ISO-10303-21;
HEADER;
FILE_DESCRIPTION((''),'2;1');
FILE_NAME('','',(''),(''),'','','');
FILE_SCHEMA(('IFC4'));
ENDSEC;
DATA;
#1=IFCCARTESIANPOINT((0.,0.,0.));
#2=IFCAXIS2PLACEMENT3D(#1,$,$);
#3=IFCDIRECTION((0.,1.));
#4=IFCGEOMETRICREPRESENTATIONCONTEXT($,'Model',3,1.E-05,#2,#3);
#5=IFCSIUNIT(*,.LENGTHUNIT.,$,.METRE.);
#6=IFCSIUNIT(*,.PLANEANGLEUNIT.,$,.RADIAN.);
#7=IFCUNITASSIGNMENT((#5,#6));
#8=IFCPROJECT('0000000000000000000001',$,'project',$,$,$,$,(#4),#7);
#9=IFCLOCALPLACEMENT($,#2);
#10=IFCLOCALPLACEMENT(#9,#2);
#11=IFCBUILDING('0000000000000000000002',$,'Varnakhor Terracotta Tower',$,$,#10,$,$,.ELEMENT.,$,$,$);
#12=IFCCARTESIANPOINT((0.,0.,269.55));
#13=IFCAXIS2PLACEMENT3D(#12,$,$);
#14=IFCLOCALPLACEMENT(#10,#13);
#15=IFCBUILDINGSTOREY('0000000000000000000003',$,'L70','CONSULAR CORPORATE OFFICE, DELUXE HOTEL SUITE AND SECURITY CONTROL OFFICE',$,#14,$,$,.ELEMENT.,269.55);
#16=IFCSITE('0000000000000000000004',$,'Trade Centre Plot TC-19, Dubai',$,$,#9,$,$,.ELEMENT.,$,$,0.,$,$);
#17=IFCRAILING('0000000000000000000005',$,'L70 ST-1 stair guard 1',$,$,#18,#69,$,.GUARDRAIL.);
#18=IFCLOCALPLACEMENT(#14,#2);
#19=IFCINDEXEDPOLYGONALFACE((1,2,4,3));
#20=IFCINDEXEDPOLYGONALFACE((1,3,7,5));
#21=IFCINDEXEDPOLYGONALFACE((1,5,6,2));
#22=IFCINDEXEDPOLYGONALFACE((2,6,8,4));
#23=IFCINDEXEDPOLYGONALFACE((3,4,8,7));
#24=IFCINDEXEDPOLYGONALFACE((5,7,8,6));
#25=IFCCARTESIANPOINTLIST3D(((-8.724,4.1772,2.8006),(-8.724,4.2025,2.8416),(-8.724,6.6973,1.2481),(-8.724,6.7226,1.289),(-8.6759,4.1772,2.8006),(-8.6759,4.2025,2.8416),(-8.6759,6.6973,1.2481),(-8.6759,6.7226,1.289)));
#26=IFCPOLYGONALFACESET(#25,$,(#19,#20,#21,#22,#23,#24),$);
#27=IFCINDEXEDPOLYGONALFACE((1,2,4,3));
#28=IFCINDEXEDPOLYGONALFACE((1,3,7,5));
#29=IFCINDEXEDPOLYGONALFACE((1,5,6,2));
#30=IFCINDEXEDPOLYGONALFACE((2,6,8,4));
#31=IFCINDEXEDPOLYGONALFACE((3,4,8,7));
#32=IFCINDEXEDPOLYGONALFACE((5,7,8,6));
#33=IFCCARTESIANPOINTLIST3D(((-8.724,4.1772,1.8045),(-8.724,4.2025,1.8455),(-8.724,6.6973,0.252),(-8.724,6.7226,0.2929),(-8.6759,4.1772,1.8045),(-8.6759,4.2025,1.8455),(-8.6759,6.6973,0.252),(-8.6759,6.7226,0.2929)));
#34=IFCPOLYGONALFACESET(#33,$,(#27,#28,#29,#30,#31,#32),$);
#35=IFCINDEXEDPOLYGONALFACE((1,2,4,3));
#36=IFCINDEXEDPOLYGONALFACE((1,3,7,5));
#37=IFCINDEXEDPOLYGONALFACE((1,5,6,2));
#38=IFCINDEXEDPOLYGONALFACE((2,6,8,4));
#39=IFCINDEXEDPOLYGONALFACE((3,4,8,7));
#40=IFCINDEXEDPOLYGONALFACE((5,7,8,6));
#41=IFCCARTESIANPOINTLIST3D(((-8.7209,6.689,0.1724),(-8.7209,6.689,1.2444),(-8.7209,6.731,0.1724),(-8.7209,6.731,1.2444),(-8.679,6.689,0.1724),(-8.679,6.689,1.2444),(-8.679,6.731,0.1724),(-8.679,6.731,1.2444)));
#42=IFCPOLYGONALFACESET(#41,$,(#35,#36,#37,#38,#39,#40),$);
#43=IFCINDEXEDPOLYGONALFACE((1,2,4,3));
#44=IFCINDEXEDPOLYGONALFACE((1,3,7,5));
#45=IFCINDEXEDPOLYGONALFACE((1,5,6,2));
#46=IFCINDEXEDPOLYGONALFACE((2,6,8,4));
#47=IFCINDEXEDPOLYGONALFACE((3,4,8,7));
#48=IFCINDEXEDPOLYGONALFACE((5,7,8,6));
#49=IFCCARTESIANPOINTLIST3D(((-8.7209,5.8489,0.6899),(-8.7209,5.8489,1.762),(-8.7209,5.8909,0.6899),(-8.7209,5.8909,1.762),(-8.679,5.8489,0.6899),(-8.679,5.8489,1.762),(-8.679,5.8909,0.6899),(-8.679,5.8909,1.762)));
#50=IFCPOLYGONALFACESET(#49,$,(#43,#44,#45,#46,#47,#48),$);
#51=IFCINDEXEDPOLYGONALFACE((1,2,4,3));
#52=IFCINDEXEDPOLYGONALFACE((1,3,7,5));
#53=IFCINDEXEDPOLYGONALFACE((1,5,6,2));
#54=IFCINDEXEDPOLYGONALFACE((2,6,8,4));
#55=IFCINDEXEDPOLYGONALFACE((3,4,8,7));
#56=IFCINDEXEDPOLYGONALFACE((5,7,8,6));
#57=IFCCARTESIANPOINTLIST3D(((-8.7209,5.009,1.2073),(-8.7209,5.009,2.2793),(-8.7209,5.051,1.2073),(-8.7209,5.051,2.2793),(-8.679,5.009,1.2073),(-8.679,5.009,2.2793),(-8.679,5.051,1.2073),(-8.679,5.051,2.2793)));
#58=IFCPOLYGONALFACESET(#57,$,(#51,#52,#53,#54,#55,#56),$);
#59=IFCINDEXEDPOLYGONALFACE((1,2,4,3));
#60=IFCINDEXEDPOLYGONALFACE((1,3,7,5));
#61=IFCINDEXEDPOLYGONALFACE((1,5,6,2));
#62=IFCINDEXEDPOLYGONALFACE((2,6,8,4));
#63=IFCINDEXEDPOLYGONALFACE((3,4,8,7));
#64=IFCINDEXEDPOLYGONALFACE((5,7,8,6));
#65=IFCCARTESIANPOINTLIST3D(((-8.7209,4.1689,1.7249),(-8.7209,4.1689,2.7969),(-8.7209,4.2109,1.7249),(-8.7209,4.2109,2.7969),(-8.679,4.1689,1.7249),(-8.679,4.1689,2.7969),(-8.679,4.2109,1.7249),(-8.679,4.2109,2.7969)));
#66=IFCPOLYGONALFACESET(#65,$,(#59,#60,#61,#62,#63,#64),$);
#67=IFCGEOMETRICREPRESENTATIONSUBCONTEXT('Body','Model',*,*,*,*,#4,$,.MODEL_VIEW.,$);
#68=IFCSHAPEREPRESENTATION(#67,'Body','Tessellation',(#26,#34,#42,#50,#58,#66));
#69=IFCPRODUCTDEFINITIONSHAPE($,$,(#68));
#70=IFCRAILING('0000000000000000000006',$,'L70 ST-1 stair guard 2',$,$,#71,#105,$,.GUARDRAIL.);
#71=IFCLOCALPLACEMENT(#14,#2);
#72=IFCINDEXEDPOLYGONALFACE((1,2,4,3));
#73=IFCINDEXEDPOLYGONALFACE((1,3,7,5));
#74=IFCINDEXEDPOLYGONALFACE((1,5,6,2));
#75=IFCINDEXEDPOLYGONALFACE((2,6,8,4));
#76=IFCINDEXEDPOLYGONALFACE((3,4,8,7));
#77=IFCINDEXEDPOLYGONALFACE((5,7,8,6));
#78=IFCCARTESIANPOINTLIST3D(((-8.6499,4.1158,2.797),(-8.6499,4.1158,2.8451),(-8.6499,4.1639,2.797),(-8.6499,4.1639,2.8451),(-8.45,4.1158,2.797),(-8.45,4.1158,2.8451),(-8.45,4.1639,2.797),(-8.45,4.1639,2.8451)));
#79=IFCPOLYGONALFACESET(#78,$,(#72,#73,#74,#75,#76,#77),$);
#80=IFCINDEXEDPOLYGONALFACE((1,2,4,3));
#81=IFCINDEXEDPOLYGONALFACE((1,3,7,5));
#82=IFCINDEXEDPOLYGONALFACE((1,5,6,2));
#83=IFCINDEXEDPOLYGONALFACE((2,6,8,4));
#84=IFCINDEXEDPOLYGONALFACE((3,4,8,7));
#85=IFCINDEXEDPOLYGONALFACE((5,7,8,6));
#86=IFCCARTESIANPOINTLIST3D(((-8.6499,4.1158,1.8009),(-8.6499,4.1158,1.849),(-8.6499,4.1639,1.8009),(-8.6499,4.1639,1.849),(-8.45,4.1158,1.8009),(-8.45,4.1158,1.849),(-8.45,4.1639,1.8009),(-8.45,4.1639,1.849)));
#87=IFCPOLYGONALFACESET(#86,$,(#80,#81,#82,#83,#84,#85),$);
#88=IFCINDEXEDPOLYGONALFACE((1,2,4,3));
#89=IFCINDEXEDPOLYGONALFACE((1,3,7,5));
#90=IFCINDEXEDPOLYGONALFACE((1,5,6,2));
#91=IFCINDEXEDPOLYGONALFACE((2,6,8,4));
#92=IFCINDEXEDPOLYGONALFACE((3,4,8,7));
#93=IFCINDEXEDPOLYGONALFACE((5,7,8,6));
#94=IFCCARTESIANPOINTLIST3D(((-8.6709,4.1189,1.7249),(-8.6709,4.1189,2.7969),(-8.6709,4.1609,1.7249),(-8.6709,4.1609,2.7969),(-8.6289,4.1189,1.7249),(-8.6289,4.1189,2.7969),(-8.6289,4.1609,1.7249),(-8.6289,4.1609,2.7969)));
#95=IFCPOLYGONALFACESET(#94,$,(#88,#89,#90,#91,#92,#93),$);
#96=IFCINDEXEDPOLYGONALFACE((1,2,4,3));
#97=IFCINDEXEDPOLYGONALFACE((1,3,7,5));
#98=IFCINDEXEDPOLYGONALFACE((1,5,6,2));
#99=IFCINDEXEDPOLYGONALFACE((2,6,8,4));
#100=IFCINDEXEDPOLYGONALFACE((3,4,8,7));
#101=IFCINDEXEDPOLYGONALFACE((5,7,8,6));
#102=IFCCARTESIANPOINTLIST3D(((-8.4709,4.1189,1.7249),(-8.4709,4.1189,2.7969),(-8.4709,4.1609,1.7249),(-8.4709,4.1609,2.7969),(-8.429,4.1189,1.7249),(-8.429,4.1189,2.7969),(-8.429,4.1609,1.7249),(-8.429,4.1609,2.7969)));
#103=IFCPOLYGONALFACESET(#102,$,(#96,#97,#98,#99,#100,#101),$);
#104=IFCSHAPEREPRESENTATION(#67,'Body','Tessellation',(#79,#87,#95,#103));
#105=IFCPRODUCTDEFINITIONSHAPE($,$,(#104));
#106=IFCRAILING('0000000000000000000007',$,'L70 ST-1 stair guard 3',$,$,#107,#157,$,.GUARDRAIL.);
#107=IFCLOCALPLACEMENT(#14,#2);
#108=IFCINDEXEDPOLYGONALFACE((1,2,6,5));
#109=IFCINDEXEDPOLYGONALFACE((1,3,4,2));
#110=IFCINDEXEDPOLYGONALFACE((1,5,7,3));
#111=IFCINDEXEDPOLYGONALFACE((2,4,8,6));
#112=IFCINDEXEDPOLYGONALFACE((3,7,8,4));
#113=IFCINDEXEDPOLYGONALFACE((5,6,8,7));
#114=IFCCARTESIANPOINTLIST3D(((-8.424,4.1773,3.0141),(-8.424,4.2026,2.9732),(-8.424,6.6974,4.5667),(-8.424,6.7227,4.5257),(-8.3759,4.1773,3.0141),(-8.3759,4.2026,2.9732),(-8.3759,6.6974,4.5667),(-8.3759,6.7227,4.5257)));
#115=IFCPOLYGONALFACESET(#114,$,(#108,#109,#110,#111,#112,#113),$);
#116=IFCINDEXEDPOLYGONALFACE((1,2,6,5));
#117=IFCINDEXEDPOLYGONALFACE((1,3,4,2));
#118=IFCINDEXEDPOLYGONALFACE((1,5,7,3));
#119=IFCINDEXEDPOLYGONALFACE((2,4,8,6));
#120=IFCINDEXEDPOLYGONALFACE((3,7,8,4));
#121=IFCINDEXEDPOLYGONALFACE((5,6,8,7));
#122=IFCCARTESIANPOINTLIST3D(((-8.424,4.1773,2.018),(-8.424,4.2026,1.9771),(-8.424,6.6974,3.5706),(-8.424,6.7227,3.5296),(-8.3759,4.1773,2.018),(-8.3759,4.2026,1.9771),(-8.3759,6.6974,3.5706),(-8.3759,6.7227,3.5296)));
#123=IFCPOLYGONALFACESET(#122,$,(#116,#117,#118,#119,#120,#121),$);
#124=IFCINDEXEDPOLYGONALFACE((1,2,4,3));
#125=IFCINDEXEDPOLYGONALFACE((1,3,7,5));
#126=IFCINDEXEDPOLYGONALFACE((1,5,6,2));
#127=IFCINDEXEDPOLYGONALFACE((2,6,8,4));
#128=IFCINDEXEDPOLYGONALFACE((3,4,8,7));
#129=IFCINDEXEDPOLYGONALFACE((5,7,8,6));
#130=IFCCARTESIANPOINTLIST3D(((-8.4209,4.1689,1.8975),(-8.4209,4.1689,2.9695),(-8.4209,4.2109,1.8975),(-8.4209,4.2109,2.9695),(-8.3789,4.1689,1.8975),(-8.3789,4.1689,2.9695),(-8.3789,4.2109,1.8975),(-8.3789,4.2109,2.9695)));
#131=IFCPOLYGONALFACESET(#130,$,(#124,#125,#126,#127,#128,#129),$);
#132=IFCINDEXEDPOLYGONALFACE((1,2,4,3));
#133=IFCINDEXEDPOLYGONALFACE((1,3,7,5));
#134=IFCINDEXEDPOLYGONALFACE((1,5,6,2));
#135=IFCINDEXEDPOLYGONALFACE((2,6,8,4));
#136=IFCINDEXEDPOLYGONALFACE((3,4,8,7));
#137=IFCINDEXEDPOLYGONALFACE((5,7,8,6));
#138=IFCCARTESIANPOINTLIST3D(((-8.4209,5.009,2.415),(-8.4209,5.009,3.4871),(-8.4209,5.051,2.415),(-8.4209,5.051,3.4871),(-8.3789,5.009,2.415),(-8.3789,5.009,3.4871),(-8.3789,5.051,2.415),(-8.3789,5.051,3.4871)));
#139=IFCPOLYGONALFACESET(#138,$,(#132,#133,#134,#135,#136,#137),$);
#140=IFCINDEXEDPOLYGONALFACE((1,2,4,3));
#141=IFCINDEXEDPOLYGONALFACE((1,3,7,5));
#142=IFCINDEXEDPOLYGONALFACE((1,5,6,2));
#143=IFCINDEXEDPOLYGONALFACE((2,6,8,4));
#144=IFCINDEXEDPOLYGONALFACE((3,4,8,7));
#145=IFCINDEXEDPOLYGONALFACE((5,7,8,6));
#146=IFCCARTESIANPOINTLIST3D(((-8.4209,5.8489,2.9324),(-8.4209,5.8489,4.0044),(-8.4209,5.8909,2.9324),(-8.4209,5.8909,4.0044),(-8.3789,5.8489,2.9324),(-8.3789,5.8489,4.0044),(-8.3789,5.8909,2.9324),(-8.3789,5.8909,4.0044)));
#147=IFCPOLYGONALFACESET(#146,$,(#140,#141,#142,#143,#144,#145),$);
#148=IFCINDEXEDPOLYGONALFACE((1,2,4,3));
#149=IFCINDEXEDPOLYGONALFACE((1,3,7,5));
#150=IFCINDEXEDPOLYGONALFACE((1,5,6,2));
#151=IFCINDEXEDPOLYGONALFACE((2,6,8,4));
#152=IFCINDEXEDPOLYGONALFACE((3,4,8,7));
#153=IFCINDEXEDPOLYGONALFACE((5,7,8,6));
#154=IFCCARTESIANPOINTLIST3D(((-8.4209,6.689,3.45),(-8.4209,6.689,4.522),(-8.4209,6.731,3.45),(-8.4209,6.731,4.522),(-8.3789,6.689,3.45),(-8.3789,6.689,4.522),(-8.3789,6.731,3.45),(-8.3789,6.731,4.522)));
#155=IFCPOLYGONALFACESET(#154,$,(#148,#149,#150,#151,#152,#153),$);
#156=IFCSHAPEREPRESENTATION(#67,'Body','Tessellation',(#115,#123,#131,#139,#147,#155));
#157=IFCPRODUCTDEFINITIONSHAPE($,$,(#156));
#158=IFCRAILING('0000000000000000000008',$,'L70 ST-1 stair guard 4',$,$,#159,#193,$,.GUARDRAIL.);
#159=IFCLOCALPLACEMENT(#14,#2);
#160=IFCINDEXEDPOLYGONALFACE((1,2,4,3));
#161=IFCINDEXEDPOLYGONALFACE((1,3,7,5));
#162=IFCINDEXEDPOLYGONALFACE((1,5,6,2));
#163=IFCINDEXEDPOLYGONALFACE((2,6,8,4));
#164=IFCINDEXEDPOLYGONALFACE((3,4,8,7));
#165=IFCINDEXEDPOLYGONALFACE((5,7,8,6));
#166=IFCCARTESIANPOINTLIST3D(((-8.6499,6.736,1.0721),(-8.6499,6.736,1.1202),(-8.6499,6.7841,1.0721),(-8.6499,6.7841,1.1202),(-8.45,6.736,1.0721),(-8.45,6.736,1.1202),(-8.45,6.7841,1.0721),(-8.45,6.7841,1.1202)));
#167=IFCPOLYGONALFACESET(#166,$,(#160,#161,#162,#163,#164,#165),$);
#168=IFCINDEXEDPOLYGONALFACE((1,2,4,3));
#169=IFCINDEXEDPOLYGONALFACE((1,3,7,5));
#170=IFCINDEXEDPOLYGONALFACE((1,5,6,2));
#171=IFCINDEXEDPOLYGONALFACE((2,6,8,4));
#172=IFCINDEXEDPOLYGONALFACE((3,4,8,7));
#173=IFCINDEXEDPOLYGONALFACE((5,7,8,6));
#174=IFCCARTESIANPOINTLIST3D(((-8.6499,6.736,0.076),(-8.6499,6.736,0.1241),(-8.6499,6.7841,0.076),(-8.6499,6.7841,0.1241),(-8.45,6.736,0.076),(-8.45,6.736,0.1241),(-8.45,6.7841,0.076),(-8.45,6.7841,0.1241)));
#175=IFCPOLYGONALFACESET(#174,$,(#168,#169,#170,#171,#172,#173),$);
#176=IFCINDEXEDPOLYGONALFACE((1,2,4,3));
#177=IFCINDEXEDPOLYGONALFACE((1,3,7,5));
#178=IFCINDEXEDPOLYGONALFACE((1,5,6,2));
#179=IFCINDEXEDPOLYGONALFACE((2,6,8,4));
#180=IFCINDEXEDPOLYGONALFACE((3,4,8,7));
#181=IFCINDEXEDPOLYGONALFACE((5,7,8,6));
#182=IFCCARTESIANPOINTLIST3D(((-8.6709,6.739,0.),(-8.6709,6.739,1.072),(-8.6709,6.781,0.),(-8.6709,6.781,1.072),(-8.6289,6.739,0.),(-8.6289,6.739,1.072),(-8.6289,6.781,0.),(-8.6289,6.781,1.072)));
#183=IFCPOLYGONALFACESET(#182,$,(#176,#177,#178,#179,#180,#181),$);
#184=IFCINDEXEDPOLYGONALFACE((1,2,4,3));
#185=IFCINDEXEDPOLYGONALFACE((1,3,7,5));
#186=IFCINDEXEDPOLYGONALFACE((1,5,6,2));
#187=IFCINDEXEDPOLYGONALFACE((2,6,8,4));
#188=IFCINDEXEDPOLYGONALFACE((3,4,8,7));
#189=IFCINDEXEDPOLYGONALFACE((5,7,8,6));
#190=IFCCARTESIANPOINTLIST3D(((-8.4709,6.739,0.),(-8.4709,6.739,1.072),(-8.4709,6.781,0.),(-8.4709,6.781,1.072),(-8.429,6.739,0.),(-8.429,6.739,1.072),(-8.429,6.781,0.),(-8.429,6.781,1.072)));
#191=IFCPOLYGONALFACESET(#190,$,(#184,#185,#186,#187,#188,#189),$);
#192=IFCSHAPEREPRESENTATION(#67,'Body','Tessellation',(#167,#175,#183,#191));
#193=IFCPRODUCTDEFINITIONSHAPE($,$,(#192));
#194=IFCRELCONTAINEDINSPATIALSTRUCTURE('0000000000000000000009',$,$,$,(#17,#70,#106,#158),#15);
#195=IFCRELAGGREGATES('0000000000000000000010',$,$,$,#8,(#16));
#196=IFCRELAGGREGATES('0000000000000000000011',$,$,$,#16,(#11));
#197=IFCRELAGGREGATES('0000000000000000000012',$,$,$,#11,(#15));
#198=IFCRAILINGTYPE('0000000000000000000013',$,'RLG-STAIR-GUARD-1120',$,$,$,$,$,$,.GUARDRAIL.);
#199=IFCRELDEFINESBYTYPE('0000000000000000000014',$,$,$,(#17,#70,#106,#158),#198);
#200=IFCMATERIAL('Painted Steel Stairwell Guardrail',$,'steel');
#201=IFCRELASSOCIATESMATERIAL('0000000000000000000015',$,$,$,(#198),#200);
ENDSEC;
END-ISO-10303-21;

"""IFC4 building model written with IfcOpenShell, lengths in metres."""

from ifc_helpers import new_model, si_unit, direction, frame, origin, origin_2d, place, context, subcontext, project, spatial, rectangle, extrude, material, type_object, element, save


model = new_model("IFC4")

# Units and contexts
model_context = context("Model", 3, precision=1e-05, world=origin(), true_north=direction((0.0, 1.0)))
body_context = subcontext(model_context, "Body", "Model", "MODEL_VIEW")
ifc_project = project(units=[si_unit("LENGTHUNIT", "METRE"), si_unit("PLANEANGLEUNIT", "RADIAN")], contexts=[model_context])

# Site, building, storey
site_placement = place(None, origin())
site = spatial("IfcSite", under=ifc_project, at=site_placement, Name="Trade Centre Plot TC-19, Dubai", CompositionType="ELEMENT", RefElevation=0.0)
building_placement = place(site_placement, origin())
building = spatial("IfcBuilding", under=site, at=building_placement, Name="Varnakhor Terracotta Tower", CompositionType="ELEMENT")
storey_placement = place(building_placement, frame((0.0, 0.0, 269.55)))
storey = spatial("IfcBuildingStorey", under=building, at=storey_placement, Name="L70", Description="CONSULAR CORPORATE OFFICE, DELUXE HOTEL SUITE AND SECURITY CONTROL OFFICE", CompositionType="ELEMENT", Elevation=269.55)

# Railings
ifc_material_1 = material(Name="Painted Steel Stairwell Guardrail", Category="steel")
railing_type_1 = type_object("IfcRailingType", Name="RLG-STAIR-GUARD-1120", PredefinedType="GUARDRAIL", material=ifc_material_1)
railing_1_placement = place(storey_placement, frame((-8.7, 6.71, 0.1724)))
element("IfcRailing", 1, at=railing_1_placement, inside=storey, type_object=railing_type_1, Name="L70 ST-1 stair guard 1", PredefinedType="GUARDRAIL", context=body_context, shape_type="SweptSolid", body=[
    extrude(rectangle(XDim=0.0481, YDim=0.0481, at=origin_2d()), frame((0.0, 0.0, 1.0962), z_axis=(0.0, -0.8514, 0.524516), x_axis=(1.0, 0.0, 0.0)), (0.0, 0.0, 1.0), 2.96),
    extrude(rectangle(XDim=0.0481, YDim=0.0481, at=origin_2d()), frame((0.0, 0.0, 0.1001), z_axis=(0.0, -0.8514, 0.524516), x_axis=(1.0, 0.0, 0.0)), (0.0, 0.0, 1.0), 2.96),
    extrude(rectangle(XDim=0.042, YDim=0.042, at=origin_2d()), origin(), (0.0, 0.0, 1.0), 1.072),
    extrude(rectangle(XDim=0.042, YDim=0.042, at=origin_2d()), frame((0.0, -0.8401, 0.5176)), (0.0, 0.0, 1.0), 1.072),
    extrude(rectangle(XDim=0.042, YDim=0.042, at=origin_2d()), frame((0.0, -1.6799, 1.0349)), (0.0, 0.0, 1.0), 1.072),
    extrude(rectangle(XDim=0.042, YDim=0.042, at=origin_2d()), frame((0.0, -2.52, 1.5525)), (0.0, 0.0, 1.0), 1.072),
])
railing_2_placement = place(storey_placement, frame((-8.6499, 4.1399, 1.7249)))
element("IfcRailing", 2, at=railing_2_placement, inside=storey, type_object=railing_type_1, Name="L70 ST-1 stair guard 2", PredefinedType="GUARDRAIL", context=body_context, shape_type="SweptSolid", body=[
    extrude(rectangle(XDim=0.0481, YDim=0.0481, at=origin_2d()), frame((0.0, 0.0, 1.0962), z_axis=(1.0, 0.0, 0.0), x_axis=(0.0, 1.0, 0.0)), (0.0, 0.0, 1.0), 0.2),
    extrude(rectangle(XDim=0.0481, YDim=0.0481, at=origin_2d()), frame((0.0, 0.0, 0.1001), z_axis=(1.0, 0.0, 0.0), x_axis=(0.0, 1.0, 0.0)), (0.0, 0.0, 1.0), 0.2),
    extrude(rectangle(XDim=0.042, YDim=0.042, at=origin_2d()), origin(), (0.0, 0.0, 1.0), 1.072),
    extrude(rectangle(XDim=0.042, YDim=0.042, at=origin_2d()), frame((0.2, 0.0, 0.0)), (0.0, 0.0, 1.0), 1.072),
])
railing_3_placement = place(storey_placement, frame((-8.3999, 4.1899, 1.8975)))
element("IfcRailing", 3, at=railing_3_placement, inside=storey, type_object=railing_type_1, Name="L70 ST-1 stair guard 3", PredefinedType="GUARDRAIL", context=body_context, shape_type="SweptSolid", body=[
    extrude(rectangle(XDim=0.0481, YDim=0.0481, at=origin_2d()), frame((0.0, 0.0, 1.0962), z_axis=(0.0, 0.8514, 0.524516), x_axis=(-1.0, 0.0, 0.0)), (0.0, 0.0, 1.0), 2.96),
    extrude(rectangle(XDim=0.0481, YDim=0.0481, at=origin_2d()), frame((0.0, 0.0, 0.1001), z_axis=(0.0, 0.8514, 0.524516), x_axis=(-1.0, 0.0, 0.0)), (0.0, 0.0, 1.0), 2.96),
    extrude(rectangle(XDim=0.042, YDim=0.042, at=origin_2d()), origin(), (0.0, 0.0, 1.0), 1.072),
    extrude(rectangle(XDim=0.042, YDim=0.042, at=origin_2d()), frame((0.0, 0.8401, 0.5176)), (0.0, 0.0, 1.0), 1.072),
    extrude(rectangle(XDim=0.042, YDim=0.042, at=origin_2d()), frame((0.0, 1.6799, 1.0349)), (0.0, 0.0, 1.0), 1.072),
    extrude(rectangle(XDim=0.042, YDim=0.042, at=origin_2d()), frame((0.0, 2.52, 1.5525)), (0.0, 0.0, 1.0), 1.072),
])
railing_4_placement = place(storey_placement, frame((-8.6499, 6.76, 0.0)))
element("IfcRailing", 4, at=railing_4_placement, inside=storey, type_object=railing_type_1, Name="L70 ST-1 stair guard 4", PredefinedType="GUARDRAIL", context=body_context, shape_type="SweptSolid", body=[
    extrude(rectangle(XDim=0.0481, YDim=0.0481, at=origin_2d()), frame((0.0, 0.0, 1.0962), z_axis=(1.0, 0.0, 0.0), x_axis=(0.0, 1.0, 0.0)), (0.0, 0.0, 1.0), 0.2),
    extrude(rectangle(XDim=0.0481, YDim=0.0481, at=origin_2d()), frame((0.0, 0.0, 0.1001), z_axis=(1.0, 0.0, 0.0), x_axis=(0.0, 1.0, 0.0)), (0.0, 0.0, 1.0), 0.2),
    extrude(rectangle(XDim=0.042, YDim=0.042, at=origin_2d()), origin(), (0.0, 0.0, 1.0), 1.072),
    extrude(rectangle(XDim=0.042, YDim=0.042, at=origin_2d()), frame((0.2, 0.0, 0.0)), (0.0, 0.0, 1.0), 1.072),
])

save(model, "model.ifc")
